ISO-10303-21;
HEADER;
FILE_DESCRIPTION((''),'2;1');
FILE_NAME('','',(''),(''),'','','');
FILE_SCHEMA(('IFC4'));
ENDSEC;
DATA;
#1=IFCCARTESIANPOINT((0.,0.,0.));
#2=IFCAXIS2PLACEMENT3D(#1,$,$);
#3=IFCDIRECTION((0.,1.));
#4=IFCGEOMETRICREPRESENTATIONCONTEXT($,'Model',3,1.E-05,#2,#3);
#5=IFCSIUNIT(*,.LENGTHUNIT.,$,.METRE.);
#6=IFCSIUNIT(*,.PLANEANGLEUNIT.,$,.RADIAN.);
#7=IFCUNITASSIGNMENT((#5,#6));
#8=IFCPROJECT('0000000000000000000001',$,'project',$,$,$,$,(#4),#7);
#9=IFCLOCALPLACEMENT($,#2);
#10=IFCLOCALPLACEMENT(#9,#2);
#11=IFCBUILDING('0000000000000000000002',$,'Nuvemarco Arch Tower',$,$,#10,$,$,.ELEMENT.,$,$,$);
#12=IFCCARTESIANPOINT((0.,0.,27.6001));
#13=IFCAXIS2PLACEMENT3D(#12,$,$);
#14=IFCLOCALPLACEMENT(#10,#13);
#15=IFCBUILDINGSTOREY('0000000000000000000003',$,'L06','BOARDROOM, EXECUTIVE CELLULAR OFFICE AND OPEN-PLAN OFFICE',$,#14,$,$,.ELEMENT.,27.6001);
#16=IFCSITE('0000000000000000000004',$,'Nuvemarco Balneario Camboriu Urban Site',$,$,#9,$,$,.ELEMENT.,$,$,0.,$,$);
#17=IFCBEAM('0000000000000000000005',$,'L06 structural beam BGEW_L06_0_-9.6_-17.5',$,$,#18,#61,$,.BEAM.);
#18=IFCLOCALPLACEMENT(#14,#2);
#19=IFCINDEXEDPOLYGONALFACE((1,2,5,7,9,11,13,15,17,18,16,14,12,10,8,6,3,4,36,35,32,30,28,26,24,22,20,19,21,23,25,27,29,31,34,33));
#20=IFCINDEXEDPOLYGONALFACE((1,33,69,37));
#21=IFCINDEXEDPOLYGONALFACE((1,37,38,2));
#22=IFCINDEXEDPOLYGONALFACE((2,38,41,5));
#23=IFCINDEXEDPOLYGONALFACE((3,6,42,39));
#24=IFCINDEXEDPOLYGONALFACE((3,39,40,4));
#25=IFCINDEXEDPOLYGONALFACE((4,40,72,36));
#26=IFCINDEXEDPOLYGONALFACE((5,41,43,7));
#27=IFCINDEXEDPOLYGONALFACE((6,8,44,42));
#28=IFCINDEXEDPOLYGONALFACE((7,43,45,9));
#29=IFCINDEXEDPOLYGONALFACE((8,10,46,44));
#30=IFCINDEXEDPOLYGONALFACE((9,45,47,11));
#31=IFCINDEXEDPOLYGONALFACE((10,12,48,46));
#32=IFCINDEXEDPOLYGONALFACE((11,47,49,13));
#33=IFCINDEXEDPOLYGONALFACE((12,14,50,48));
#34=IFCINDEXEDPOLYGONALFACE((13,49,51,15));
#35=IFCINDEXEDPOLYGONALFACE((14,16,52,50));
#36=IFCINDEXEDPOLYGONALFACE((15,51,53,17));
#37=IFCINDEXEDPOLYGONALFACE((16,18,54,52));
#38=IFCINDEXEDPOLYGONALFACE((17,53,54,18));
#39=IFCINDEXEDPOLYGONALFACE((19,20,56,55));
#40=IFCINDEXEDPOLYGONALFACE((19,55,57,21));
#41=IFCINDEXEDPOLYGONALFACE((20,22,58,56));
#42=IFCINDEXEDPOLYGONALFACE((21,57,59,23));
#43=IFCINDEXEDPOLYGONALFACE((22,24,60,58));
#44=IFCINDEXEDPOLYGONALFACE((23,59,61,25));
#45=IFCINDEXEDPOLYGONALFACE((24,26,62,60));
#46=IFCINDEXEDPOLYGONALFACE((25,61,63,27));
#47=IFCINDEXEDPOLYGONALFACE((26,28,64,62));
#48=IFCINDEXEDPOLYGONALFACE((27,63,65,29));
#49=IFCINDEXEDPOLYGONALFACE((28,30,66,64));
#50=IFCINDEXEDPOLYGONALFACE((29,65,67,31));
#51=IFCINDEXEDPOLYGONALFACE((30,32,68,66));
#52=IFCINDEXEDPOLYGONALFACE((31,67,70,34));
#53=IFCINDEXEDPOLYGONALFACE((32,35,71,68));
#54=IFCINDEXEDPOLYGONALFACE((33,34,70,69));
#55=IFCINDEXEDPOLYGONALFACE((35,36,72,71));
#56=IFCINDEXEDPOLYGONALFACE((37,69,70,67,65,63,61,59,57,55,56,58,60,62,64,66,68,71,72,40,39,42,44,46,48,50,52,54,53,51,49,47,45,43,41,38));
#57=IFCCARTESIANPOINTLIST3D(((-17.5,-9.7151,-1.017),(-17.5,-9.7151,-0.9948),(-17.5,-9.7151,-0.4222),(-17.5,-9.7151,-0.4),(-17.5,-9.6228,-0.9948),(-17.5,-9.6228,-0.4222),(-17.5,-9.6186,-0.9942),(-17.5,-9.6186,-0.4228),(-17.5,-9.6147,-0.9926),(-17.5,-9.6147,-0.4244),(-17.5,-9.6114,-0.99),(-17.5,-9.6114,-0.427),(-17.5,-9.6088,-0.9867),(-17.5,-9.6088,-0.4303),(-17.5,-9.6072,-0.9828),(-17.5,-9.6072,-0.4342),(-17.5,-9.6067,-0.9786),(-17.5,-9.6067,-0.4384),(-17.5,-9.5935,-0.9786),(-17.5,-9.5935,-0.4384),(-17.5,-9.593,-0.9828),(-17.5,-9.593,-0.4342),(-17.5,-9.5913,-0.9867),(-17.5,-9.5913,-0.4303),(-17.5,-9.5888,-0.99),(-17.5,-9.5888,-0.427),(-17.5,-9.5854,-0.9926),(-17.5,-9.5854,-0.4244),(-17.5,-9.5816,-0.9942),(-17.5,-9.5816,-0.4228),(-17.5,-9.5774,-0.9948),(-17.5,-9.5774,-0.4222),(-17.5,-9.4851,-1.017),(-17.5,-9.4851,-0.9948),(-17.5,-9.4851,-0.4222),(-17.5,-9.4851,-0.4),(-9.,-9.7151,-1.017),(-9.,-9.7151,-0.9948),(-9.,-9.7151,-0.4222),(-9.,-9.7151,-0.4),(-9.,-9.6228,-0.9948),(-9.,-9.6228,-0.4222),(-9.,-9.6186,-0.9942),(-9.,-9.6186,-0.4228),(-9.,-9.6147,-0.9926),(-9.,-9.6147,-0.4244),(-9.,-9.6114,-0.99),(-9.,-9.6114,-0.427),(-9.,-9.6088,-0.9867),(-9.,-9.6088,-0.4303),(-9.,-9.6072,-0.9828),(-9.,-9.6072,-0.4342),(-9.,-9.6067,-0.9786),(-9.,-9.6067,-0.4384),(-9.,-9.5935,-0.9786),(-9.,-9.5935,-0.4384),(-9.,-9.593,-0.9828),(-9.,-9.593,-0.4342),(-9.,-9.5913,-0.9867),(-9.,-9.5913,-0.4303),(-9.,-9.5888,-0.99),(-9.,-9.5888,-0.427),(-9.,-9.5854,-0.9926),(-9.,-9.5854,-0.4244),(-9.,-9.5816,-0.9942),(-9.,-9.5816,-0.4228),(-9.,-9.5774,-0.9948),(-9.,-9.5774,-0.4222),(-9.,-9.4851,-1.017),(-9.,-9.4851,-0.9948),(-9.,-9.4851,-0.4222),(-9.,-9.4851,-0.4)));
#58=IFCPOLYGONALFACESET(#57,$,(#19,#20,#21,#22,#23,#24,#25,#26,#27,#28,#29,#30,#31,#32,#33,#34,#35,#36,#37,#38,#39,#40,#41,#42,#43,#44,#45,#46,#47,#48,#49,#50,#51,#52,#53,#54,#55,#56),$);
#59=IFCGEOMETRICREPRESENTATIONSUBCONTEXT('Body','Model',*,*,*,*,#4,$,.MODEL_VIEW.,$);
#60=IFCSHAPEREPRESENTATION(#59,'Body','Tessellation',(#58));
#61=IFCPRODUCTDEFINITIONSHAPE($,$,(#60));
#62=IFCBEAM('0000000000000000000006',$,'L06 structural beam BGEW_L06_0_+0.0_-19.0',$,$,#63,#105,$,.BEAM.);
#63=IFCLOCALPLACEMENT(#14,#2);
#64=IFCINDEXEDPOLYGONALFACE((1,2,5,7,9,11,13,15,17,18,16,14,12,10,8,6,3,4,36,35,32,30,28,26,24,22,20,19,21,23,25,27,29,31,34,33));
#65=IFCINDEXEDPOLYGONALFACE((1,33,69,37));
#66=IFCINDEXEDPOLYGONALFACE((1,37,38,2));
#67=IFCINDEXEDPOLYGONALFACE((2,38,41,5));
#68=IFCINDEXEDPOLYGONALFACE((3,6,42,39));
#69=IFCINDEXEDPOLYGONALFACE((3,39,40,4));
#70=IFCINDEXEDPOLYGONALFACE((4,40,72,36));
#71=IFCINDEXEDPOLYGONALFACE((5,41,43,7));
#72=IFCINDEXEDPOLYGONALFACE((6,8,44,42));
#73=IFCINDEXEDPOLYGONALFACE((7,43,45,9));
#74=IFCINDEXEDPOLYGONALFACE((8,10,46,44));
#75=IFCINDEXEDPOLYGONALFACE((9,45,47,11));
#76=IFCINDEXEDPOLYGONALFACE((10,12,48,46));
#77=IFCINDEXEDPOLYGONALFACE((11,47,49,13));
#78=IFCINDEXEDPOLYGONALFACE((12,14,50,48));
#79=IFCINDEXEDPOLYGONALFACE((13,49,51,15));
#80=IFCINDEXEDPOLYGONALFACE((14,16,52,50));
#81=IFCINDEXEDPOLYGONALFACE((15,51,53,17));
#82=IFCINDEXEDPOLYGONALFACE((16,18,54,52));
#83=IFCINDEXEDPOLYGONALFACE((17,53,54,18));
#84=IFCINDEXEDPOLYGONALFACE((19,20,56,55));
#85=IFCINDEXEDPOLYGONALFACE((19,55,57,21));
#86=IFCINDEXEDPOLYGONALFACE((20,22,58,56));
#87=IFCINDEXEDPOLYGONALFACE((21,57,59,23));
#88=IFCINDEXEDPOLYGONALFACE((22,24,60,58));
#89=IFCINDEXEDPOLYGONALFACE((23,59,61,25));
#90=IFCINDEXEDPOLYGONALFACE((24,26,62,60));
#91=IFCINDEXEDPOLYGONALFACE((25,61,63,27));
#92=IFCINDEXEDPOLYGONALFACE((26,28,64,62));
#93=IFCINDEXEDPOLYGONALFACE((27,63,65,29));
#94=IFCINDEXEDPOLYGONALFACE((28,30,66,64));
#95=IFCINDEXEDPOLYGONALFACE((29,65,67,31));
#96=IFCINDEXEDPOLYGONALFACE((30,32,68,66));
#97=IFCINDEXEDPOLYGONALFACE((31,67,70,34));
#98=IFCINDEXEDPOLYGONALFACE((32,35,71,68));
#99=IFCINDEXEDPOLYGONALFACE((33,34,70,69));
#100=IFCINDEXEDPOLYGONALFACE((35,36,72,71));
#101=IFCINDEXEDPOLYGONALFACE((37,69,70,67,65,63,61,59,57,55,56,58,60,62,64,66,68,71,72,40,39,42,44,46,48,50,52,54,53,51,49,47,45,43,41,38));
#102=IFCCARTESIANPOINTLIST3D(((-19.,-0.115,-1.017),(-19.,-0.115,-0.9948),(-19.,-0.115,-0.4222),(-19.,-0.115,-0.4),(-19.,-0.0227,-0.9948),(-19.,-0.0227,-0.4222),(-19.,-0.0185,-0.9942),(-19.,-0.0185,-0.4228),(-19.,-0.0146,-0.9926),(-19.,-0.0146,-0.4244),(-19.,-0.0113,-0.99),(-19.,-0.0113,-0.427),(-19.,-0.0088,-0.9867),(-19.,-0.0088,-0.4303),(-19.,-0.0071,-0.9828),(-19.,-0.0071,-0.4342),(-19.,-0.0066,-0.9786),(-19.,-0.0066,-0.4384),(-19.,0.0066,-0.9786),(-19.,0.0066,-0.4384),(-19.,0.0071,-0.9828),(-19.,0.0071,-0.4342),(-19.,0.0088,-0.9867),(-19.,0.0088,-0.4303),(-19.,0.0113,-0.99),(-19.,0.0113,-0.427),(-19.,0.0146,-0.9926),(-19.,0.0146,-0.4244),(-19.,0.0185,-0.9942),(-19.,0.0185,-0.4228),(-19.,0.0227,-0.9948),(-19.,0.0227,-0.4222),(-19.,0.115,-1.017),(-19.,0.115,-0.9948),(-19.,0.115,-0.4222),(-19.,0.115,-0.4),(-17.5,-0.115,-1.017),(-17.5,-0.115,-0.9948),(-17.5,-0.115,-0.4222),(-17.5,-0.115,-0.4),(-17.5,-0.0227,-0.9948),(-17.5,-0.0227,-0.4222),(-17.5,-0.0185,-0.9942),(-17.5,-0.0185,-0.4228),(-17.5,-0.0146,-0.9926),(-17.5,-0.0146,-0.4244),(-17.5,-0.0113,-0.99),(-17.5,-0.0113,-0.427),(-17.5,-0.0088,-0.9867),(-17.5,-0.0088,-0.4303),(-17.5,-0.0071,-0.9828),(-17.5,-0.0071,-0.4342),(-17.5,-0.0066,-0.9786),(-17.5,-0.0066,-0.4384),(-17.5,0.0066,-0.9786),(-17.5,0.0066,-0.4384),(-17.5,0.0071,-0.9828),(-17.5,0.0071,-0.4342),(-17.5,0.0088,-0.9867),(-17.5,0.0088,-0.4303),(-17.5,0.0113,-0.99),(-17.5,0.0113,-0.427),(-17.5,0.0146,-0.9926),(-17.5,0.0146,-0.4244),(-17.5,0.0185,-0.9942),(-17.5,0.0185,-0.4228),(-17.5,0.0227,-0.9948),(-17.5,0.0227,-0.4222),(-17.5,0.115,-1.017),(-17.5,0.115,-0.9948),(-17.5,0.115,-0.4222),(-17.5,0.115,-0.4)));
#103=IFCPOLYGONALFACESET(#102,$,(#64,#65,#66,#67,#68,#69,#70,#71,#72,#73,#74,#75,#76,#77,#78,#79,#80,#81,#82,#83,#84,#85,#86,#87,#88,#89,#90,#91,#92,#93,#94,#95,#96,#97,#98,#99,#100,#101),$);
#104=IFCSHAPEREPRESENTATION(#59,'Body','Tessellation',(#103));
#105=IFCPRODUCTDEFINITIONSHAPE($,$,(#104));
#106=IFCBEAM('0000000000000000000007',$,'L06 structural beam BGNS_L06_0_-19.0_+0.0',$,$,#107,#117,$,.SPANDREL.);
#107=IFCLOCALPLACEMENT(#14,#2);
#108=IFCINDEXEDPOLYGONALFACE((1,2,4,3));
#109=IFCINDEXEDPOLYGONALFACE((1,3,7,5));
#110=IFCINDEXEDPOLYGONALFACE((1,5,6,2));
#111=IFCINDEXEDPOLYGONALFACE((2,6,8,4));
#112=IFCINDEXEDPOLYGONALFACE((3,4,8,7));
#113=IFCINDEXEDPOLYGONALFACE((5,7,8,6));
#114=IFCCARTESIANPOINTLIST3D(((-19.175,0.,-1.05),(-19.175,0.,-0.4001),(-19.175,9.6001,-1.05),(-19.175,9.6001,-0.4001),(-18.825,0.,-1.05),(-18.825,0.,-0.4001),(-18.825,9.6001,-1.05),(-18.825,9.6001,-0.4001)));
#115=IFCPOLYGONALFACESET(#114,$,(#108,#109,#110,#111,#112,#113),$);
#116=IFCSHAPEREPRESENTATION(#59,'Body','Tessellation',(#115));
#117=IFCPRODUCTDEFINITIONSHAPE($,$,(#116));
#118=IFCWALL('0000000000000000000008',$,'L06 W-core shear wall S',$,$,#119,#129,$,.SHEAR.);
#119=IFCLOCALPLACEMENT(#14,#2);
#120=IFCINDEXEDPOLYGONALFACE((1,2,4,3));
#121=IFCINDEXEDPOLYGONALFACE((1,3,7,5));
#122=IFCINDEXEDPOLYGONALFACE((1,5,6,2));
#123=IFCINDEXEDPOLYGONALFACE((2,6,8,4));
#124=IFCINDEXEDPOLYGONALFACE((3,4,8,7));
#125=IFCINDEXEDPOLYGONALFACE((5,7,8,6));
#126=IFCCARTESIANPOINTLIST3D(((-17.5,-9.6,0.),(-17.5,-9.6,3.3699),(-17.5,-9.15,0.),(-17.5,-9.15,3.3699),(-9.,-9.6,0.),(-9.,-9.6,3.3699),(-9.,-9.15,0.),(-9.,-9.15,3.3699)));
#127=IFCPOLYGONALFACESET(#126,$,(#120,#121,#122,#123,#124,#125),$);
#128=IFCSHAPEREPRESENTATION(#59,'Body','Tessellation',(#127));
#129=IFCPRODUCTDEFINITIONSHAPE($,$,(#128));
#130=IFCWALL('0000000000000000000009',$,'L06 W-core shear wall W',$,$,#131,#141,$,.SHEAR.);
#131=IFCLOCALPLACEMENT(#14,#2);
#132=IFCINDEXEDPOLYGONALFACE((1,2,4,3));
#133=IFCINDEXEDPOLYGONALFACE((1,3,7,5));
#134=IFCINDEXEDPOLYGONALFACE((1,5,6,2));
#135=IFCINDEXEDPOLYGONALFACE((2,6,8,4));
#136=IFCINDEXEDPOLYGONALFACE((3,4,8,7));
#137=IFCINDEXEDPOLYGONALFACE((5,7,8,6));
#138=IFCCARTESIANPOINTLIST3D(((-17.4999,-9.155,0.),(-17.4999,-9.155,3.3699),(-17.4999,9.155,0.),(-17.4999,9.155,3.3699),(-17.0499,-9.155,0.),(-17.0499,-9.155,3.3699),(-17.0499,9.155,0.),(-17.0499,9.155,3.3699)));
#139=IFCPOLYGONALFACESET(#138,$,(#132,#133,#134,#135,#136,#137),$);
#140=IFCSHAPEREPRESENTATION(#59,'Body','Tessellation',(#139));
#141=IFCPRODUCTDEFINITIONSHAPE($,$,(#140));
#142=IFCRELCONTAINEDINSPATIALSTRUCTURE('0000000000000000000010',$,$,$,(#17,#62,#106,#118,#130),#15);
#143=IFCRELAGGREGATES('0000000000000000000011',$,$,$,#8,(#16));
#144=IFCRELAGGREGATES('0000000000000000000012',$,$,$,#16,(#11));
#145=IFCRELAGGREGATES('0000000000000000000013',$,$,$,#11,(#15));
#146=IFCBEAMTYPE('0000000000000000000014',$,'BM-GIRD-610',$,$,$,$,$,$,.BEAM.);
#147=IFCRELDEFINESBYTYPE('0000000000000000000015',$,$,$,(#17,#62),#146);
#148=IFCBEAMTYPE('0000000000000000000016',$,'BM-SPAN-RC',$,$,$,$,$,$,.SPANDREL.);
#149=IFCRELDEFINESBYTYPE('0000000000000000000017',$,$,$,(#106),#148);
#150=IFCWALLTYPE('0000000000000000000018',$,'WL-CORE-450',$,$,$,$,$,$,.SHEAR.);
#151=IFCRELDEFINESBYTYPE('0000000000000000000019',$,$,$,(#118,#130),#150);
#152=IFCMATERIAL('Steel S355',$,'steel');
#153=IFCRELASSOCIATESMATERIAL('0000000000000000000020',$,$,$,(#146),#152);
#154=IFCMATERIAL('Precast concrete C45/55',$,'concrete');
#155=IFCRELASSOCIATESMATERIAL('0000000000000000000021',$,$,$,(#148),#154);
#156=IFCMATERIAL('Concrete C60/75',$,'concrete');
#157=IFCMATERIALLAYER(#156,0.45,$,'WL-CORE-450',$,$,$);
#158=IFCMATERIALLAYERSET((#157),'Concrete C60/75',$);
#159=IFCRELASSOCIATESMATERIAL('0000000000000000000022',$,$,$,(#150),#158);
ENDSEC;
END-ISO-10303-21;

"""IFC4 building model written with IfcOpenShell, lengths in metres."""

from ifc_helpers import new_model, si_unit, direction, frame, frame_2d, origin, origin_2d, place, context, subcontext, project, spatial, rectangle, i_section, extrude, material, layer, layer_set, material_profile, profile_set, type_object, element, save


model = new_model("IFC4")

# Units and contexts
model_context = context("Model", 3, precision=1e-05, world=origin(), true_north=direction((0.0, 1.0)))
body_context = subcontext(model_context, "Body", "Model", "MODEL_VIEW")
ifc_project = project(units=[si_unit("LENGTHUNIT", "METRE"), si_unit("PLANEANGLEUNIT", "RADIAN")], contexts=[model_context])

# Site, building, storey
site_placement = place(None, origin())
site = spatial("IfcSite", under=ifc_project, at=site_placement, Name="Nuvemarco Balneario Camboriu Urban Site", CompositionType="ELEMENT", RefElevation=0.0)
building_placement = place(site_placement, origin())
building = spatial("IfcBuilding", under=site, at=building_placement, Name="Nuvemarco Arch Tower", CompositionType="ELEMENT")
storey_placement = place(building_placement, frame((0.0, 0.0, 27.6001)))
storey = spatial("IfcBuildingStorey", under=building, at=storey_placement, Name="L06", Description="BOARDROOM, EXECUTIVE CELLULAR OFFICE AND OPEN-PLAN OFFICE", CompositionType="ELEMENT", Elevation=27.6001)

# Shared definitions
ifc_material_1 = material(Name="Concrete C60/75", Category="concrete")

# Beams
ifc_material_2 = material(Name="Steel S355", Category="steel")
ifc_material_profile_1 = material_profile(ifc_material_2, i_section(OverallWidth=0.23, OverallDepth=0.6169, WebThickness=0.0132, FlangeThickness=0.0222, FilletRadius=0.0161, at=origin_2d()), Name="W610x140")
ifc_profile_set_1 = profile_set([ifc_material_profile_1], Name="Steel S355")
beam_type_1 = type_object("IfcBeamType", Name="BM-GIRD-610", PredefinedType="BEAM", material=ifc_profile_set_1)
beam_1_placement = place(storey_placement, frame((-17.5, -9.6001, -0.7085), z_axis=(1.0, 0.0, 0.0), x_axis=(0.0, 1.0, 0.0)))
element("IfcBeam", 1, at=beam_1_placement, inside=storey, type_object=beam_type_1, Name="L06 structural beam BGEW_L06_0_-9.6_-17.5", PredefinedType="BEAM", context=body_context, shape_type="SweptSolid", body=[
    extrude(i_section(OverallWidth=0.23, OverallDepth=0.6169, WebThickness=0.0132, FlangeThickness=0.0222, FilletRadius=0.0161, at=origin_2d()), origin(), (0.0, 0.0, 1.0), 8.5),
])
beam_2_placement = place(storey_placement, frame((-19.0, 0.0, -0.7085), z_axis=(1.0, 0.0, 0.0), x_axis=(0.0, 1.0, 0.0)))
element("IfcBeam", 2, at=beam_2_placement, inside=storey, type_object=beam_type_1, Name="L06 structural beam BGEW_L06_0_+0.0_-19.0", PredefinedType="BEAM", context=body_context, shape_type="SweptSolid", body=[
    extrude(i_section(OverallWidth=0.23, OverallDepth=0.6169, WebThickness=0.0132, FlangeThickness=0.0222, FilletRadius=0.0161, at=origin_2d()), origin(), (0.0, 0.0, 1.0), 1.5),
])
ifc_material_3 = material(Name="Precast concrete C45/55", Category="concrete")
ifc_material_profile_2 = material_profile(ifc_material_3, rectangle(XDim=0.3501, YDim=0.6499, at=origin_2d()), Name="PC-SP-350x650")
ifc_profile_set_2 = profile_set([ifc_material_profile_2], Name="Precast concrete C45/55")
beam_type_2 = type_object("IfcBeamType", Name="BM-SPAN-RC", PredefinedType="SPANDREL", material=ifc_profile_set_2)
beam_3_placement = place(storey_placement, frame((-19.0, 0.0, -0.7251), z_axis=(0.0, 1.0, 0.0), x_axis=(-1.0, 0.0, 0.0)))
element("IfcBeam", 3, at=beam_3_placement, inside=storey, type_object=beam_type_2, Name="L06 structural beam BGNS_L06_0_-19.0_+0.0", PredefinedType="SPANDREL", context=body_context, shape_type="SweptSolid", body=[
    extrude(rectangle(XDim=0.3501, YDim=0.6499, at=origin_2d()), origin(), (0.0, 0.0, 1.0), 9.6001),
])

# Walls
ifc_layer_1 = layer(ifc_material_1, 0.45, Name="WL-CORE-450")
ifc_layer_set_1 = layer_set([ifc_layer_1], Name="Concrete C60/75")
wall_type_1 = type_object("IfcWallType", Name="WL-CORE-450", PredefinedType="SHEAR", material=ifc_layer_set_1)
wall_1_placement = place(storey_placement, frame((-17.5, -9.375, 0.0), z_axis=(0.0, 0.0, 1.0), x_axis=(1.0, 0.0, 0.0)))
element("IfcWall", 4, at=wall_1_placement, inside=storey, type_object=wall_type_1, Name="L06 W-core shear wall S", PredefinedType="SHEAR", context=body_context, shape_type="SweptSolid", body=[
    extrude(rectangle(XDim=8.5, YDim=0.45, at=frame_2d((4.25, 0.0))), origin(), (0.0, 0.0, 1.0), 3.3699),
])
wall_2_placement = place(storey_placement, frame((-17.2749, -9.155, 0.0), z_axis=(0.0, 0.0, 1.0), x_axis=(0.0, 1.0, 0.0)))
element("IfcWall", 5, at=wall_2_placement, inside=storey, type_object=wall_type_1, Name="L06 W-core shear wall W", PredefinedType="SHEAR", context=body_context, shape_type="SweptSolid", body=[
    extrude(rectangle(XDim=18.3101, YDim=0.45, at=frame_2d((9.155, 0.0))), origin(), (0.0, 0.0, 1.0), 3.3699),
])

save(model, "model.ifc")
